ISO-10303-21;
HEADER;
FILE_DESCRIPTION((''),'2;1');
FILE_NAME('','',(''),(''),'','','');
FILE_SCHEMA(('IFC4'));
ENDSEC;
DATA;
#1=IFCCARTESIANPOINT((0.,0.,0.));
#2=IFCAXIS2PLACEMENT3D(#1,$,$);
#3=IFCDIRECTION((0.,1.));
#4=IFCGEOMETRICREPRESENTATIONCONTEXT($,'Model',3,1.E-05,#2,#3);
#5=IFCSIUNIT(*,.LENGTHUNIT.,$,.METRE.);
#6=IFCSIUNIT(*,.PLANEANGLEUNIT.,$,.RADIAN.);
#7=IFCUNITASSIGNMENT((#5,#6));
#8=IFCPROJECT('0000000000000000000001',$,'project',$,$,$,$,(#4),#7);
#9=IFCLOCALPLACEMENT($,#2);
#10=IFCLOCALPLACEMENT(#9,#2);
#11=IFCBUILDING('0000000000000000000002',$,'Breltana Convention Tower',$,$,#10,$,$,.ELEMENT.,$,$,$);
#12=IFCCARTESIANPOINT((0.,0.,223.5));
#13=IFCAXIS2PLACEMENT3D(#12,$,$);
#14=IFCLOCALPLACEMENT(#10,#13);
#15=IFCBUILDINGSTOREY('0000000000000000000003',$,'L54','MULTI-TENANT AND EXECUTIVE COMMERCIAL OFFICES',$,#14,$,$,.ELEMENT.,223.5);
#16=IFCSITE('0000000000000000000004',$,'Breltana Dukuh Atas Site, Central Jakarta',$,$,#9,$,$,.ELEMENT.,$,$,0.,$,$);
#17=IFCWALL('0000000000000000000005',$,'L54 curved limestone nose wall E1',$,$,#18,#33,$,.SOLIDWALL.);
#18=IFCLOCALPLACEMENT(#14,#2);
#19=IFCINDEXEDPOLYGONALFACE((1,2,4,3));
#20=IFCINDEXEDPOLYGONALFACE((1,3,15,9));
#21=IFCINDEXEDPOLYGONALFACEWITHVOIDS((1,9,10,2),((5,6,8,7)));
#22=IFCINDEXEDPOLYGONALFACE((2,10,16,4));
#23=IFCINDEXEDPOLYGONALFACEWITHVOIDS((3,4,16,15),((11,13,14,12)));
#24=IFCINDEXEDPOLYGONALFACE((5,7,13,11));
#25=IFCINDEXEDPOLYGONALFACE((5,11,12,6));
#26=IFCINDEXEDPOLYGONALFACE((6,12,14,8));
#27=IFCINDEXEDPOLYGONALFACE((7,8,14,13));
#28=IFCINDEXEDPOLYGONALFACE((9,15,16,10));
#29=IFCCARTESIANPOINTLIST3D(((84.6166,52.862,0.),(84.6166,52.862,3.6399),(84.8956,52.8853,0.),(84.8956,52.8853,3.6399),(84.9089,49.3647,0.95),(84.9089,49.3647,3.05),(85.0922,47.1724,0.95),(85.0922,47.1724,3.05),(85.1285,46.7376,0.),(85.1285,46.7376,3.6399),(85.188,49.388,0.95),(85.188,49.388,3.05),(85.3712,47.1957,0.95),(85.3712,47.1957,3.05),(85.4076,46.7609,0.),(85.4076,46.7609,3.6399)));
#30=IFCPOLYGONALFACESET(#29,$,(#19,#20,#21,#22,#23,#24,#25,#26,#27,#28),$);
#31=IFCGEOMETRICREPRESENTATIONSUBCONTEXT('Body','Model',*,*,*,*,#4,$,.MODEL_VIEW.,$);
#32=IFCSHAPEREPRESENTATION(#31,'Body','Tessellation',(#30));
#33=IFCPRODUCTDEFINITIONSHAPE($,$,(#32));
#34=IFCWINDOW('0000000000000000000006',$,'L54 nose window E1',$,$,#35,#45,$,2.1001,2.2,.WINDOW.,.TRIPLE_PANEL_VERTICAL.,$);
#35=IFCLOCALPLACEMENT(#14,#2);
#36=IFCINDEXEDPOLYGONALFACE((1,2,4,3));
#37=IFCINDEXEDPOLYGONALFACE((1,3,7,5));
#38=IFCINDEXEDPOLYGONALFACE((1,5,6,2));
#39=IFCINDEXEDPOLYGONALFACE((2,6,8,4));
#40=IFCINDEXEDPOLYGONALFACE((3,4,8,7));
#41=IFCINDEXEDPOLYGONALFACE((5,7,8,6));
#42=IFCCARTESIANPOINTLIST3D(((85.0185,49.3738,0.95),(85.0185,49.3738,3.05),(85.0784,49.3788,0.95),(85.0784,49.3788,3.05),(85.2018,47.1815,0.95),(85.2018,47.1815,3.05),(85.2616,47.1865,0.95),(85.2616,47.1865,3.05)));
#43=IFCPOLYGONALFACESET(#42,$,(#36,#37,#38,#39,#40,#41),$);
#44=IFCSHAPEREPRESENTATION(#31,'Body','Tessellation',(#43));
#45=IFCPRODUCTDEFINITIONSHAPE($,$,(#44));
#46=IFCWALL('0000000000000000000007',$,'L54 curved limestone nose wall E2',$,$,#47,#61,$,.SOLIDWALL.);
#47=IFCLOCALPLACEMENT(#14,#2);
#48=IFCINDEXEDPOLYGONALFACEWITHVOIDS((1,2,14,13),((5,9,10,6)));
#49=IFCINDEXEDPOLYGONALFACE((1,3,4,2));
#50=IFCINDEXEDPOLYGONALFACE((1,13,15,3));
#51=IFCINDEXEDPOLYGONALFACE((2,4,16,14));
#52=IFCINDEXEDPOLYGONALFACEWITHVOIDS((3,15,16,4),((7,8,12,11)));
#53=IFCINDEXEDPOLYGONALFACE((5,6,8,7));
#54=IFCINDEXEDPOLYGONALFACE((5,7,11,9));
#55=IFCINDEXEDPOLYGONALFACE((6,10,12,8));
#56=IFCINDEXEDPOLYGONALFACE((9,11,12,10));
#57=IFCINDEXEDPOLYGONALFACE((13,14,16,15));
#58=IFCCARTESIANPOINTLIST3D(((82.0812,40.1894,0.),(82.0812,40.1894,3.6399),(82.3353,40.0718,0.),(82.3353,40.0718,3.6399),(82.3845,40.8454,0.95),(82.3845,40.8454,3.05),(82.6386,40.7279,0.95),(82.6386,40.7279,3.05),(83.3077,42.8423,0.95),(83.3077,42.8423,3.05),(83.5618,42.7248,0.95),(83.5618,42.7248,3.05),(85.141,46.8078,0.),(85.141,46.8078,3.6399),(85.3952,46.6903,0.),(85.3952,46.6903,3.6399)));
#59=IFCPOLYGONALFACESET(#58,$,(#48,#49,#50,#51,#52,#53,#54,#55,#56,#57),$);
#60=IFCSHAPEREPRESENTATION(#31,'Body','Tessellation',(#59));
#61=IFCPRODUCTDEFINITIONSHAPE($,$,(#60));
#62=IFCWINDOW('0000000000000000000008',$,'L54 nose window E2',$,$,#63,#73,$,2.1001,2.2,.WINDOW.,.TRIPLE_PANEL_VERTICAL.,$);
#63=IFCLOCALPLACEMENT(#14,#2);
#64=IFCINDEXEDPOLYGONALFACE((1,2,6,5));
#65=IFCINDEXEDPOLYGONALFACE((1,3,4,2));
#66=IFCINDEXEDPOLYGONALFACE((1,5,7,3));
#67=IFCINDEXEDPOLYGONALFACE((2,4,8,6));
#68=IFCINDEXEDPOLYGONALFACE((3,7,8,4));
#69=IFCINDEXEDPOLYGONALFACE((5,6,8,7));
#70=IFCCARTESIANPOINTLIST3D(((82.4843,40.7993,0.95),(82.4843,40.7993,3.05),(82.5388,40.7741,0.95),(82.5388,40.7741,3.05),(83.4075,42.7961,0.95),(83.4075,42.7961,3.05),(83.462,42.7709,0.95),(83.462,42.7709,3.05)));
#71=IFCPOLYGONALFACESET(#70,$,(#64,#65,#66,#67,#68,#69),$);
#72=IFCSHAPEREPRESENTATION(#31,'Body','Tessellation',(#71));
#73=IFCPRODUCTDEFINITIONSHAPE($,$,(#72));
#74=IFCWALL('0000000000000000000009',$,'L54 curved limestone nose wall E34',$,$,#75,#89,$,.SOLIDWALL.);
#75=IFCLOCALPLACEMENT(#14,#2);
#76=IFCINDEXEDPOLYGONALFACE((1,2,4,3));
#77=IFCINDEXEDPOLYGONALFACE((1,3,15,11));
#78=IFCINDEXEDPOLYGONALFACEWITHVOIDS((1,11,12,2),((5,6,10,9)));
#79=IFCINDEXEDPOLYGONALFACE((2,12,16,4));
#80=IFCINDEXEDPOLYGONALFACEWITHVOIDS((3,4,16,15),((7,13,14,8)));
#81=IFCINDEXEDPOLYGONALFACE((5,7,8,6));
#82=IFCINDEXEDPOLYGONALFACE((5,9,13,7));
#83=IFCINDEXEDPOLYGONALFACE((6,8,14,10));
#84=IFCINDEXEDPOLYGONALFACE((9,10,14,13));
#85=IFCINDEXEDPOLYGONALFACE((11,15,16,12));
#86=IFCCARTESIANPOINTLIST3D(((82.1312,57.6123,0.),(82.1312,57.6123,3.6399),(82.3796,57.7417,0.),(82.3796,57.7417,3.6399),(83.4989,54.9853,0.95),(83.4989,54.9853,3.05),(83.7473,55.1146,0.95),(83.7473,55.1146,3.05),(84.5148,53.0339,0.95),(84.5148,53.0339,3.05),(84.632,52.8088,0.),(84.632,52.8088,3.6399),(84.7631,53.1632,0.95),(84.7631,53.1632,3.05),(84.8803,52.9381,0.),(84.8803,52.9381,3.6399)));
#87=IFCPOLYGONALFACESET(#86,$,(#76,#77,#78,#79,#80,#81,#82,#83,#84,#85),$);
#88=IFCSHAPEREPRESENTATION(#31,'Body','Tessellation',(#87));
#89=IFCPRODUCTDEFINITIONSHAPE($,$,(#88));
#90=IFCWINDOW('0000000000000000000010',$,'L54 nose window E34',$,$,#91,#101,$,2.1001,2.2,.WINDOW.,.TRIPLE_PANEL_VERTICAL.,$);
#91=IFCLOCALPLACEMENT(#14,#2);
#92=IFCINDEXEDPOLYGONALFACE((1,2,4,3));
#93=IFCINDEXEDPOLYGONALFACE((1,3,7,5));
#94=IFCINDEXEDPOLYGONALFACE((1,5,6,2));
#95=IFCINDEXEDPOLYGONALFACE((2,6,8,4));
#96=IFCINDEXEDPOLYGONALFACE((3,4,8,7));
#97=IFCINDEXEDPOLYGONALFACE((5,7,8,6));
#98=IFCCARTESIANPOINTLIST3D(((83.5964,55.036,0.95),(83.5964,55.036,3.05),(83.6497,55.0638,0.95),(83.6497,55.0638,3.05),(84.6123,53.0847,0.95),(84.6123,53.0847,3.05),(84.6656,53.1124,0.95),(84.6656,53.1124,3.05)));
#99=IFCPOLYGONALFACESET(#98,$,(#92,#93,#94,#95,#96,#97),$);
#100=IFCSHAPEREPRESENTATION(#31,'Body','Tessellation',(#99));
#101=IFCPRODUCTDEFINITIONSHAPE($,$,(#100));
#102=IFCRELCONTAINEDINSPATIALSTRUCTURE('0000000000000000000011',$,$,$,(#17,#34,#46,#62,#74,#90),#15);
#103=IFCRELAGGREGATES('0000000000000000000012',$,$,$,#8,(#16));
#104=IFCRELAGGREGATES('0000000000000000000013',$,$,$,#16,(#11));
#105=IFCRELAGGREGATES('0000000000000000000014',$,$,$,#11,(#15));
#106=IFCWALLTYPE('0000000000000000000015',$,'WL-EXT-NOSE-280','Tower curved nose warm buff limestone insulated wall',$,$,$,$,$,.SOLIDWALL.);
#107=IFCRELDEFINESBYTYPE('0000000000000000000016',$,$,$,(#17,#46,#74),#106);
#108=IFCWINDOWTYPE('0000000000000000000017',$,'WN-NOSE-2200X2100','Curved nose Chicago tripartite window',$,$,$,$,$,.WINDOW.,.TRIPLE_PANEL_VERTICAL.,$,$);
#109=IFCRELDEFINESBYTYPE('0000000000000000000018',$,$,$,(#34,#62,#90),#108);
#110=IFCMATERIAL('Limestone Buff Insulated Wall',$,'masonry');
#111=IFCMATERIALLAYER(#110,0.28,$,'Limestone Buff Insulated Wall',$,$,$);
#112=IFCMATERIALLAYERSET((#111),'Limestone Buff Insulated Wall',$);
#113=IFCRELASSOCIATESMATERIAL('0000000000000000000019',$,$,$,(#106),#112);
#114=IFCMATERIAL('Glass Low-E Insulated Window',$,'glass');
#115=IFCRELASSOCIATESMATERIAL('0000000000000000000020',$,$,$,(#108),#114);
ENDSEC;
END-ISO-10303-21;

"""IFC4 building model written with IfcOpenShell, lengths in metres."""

from ifc_helpers import new_model, si_unit, direction, frame, frame_2d, origin, place, context, subcontext, project, spatial, rectangle, extrude, source, transform, mapped, material, layer, layer_set, type_object, type_shapes, element, fill, save


model = new_model("IFC4")

# Units and contexts
model_context = context("Model", 3, precision=1e-05, world=origin(), true_north=direction((0.0, 1.0)))
body_context = subcontext(model_context, "Body", "Model", "MODEL_VIEW")
ifc_project = project(units=[si_unit("LENGTHUNIT", "METRE"), si_unit("PLANEANGLEUNIT", "RADIAN")], contexts=[model_context])

# Site, building, storey
site_placement = place(None, origin())
site = spatial("IfcSite", under=ifc_project, at=site_placement, Name="Breltana Dukuh Atas Site, Central Jakarta", CompositionType="ELEMENT", RefElevation=0.0)
building_placement = place(site_placement, origin())
building = spatial("IfcBuilding", under=site, at=building_placement, Name="Breltana Convention Tower", CompositionType="ELEMENT")
storey_placement = place(building_placement, frame((0.0, 0.0, 223.5)))
storey = spatial("IfcBuildingStorey", under=building, at=storey_placement, Name="L54", Description="MULTI-TENANT AND EXECUTIVE COMMERCIAL OFFICES", CompositionType="ELEMENT", Elevation=223.5)

# Walls, openings, windows
ifc_material_1 = material(Name="Limestone Buff Insulated Wall", Category="masonry")
ifc_layer_1 = layer(ifc_material_1, 0.28, Name="Limestone Buff Insulated Wall")
ifc_layer_set_1 = layer_set([ifc_layer_1], Name="Limestone Buff Insulated Wall")
wall_type = type_object("IfcWallType", Name="WL-EXT-NOSE-280", Description="Tower curved nose warm buff limestone insulated wall", PredefinedType="SOLIDWALL", material=ifc_layer_set_1)
shared_shape_1 = source(origin(), body_context, "Body", "SweptSolid", [
    extrude(rectangle(XDim=6.1458, YDim=0.28, at=frame_2d((3.0728, 0.0))), origin(), (0.0, 0.0, 1.0), 3.6399),
])
wall_1_placement = place(storey_placement, frame((84.7561, 52.8735, 0.0), z_axis=(0.0, 0.0, 1.0), x_axis=(0.083302, -0.996524, 0.0)))
wall_1 = element("IfcWall", 1, at=wall_1_placement, inside=storey, type_object=wall_type, Name="L54 curved limestone nose wall E1", PredefinedType="SOLIDWALL", context=body_context, shape_type="MappedRepresentation", body=[
    mapped(shared_shape_1, transform((0.0, 0.0, 0.0), scale=1.0)),
])
opening_1_placement = place(wall_1_placement, frame((3.5093, 0.0, 0.95)))
opening_1 = element("IfcOpeningElement", 2, at=opening_1_placement, cuts=wall_1, PredefinedType="OPENING", context=body_context, shape_type="SweptSolid", body=[
    extrude(rectangle(XDim=2.2, YDim=2.1001, at=frame_2d((1.1001, 1.05))), frame((0.0, 0.1499, 0.0), z_axis=(0.0, -1.0, 0.0), x_axis=(1.0, 0.0, 0.0)), (0.0, 0.0, 1.0), 0.3),
])
ifc_material_2 = material(Name="Glass Low-E Insulated Window", Category="glass")
window_type = type_object("IfcWindowType", Name="WN-NOSE-2200X2100", Description="Curved nose Chicago tripartite window", PartitioningType="TRIPLE_PANEL_VERTICAL", PredefinedType="WINDOW", material=ifc_material_2)
shared_shape_2 = source(origin(), body_context, "Body", "SweptSolid", [
    extrude(rectangle(XDim=2.2, YDim=2.1001, at=frame_2d((1.1001, 1.05))), frame((0.0, 0.03, 0.0), z_axis=(0.0, -1.0, 0.0), x_axis=(1.0, 0.0, 0.0)), (0.0, 0.0, 1.0), 0.0601),
])
type_shapes(window_type, [shared_shape_2])
window_1_placement = place(opening_1_placement, origin())
window_1 = element("IfcWindow", 3, at=window_1_placement, inside=storey, type_object=window_type, Name="L54 nose window E1", OverallHeight=2.1001, OverallWidth=2.2, PartitioningType="TRIPLE_PANEL_VERTICAL", PredefinedType="WINDOW", context=body_context, shape_type="MappedRepresentation", body=[
    mapped(shared_shape_2, transform((0.0, 0.0, 0.0), scale=1.0)),
])
fill(opening_1, window_1)
shared_shape_3 = source(origin(), body_context, "Body", "SweptSolid", [
    extrude(rectangle(XDim=7.2915, YDim=0.28, at=frame_2d((3.6458, 0.0))), origin(), (0.0, 0.0, 1.0), 3.6399),
])
wall_2_placement = place(storey_placement, frame((85.2681, 46.749, 0.0), z_axis=(0.0, 0.0, 1.0), x_axis=(-0.419642, -0.90769, 0.0)))
wall_2 = element("IfcWall", 4, at=wall_2_placement, inside=storey, type_object=wall_type, Name="L54 curved limestone nose wall E2", PredefinedType="SOLIDWALL", context=body_context, shape_type="MappedRepresentation", body=[
    mapped(shared_shape_3, transform((0.0, 0.0, 0.0), scale=1.0)),
])
opening_2_placement = place(wall_2_placement, frame((4.3687, 0.0, 0.95)))
opening_2 = element("IfcOpeningElement", 5, at=opening_2_placement, cuts=wall_2, PredefinedType="OPENING", context=body_context, shape_type="SweptSolid", body=[
    extrude(rectangle(XDim=2.2, YDim=2.1001, at=frame_2d((1.1001, 1.05))), frame((0.0, 0.1499, 0.0), z_axis=(0.0, -1.0, 0.0), x_axis=(1.0, 0.0, 0.0)), (0.0, 0.0, 1.0), 0.3),
])
window_2_placement = place(opening_2_placement, origin())
window_2 = element("IfcWindow", 6, at=window_2_placement, inside=storey, type_object=window_type, Name="L54 nose window E2", OverallHeight=2.1001, OverallWidth=2.2, PartitioningType="TRIPLE_PANEL_VERTICAL", PredefinedType="WINDOW", context=body_context, shape_type="MappedRepresentation", body=[
    mapped(shared_shape_2, transform((0.0, 0.0, 0.0), scale=1.0)),
])
fill(opening_2, window_2)
shared_shape_4 = source(origin(), body_context, "Body", "SweptSolid", [
    extrude(rectangle(XDim=5.4155, YDim=0.28, at=frame_2d((2.7078, 0.0))), origin(), (0.0, 0.0, 1.0), 3.6399),
])
wall_3_placement = place(storey_placement, frame((82.2554, 57.677, 0.0), z_axis=(0.0, 0.0, 1.0), x_axis=(0.461779, -0.886995, 0.0)))
wall_3 = element("IfcWall", 7, at=wall_3_placement, inside=storey, type_object=wall_type, Name="L54 curved limestone nose wall E34", PredefinedType="SOLIDWALL", context=body_context, shape_type="MappedRepresentation", body=[
    mapped(shared_shape_4, transform((0.0, 0.0, 0.0), scale=1.0)),
])
opening_3_placement = place(wall_3_placement, frame((2.9617, 0.0, 0.95)))
opening_3 = element("IfcOpeningElement", 8, at=opening_3_placement, cuts=wall_3, PredefinedType="OPENING", context=body_context, shape_type="SweptSolid", body=[
    extrude(rectangle(XDim=2.2, YDim=2.1001, at=frame_2d((1.1001, 1.05))), frame((0.0, 0.1499, 0.0), z_axis=(0.0, -1.0, 0.0), x_axis=(1.0, 0.0, 0.0)), (0.0, 0.0, 1.0), 0.3),
])
window_3_placement = place(opening_3_placement, origin())
window_3 = element("IfcWindow", 9, at=window_3_placement, inside=storey, type_object=window_type, Name="L54 nose window E34", OverallHeight=2.1001, OverallWidth=2.2, PartitioningType="TRIPLE_PANEL_VERTICAL", PredefinedType="WINDOW", context=body_context, shape_type="MappedRepresentation", body=[
    mapped(shared_shape_2, transform((0.0, 0.0, 0.0), scale=1.0)),
])
fill(opening_3, window_3)

save(model, "model.ifc")
